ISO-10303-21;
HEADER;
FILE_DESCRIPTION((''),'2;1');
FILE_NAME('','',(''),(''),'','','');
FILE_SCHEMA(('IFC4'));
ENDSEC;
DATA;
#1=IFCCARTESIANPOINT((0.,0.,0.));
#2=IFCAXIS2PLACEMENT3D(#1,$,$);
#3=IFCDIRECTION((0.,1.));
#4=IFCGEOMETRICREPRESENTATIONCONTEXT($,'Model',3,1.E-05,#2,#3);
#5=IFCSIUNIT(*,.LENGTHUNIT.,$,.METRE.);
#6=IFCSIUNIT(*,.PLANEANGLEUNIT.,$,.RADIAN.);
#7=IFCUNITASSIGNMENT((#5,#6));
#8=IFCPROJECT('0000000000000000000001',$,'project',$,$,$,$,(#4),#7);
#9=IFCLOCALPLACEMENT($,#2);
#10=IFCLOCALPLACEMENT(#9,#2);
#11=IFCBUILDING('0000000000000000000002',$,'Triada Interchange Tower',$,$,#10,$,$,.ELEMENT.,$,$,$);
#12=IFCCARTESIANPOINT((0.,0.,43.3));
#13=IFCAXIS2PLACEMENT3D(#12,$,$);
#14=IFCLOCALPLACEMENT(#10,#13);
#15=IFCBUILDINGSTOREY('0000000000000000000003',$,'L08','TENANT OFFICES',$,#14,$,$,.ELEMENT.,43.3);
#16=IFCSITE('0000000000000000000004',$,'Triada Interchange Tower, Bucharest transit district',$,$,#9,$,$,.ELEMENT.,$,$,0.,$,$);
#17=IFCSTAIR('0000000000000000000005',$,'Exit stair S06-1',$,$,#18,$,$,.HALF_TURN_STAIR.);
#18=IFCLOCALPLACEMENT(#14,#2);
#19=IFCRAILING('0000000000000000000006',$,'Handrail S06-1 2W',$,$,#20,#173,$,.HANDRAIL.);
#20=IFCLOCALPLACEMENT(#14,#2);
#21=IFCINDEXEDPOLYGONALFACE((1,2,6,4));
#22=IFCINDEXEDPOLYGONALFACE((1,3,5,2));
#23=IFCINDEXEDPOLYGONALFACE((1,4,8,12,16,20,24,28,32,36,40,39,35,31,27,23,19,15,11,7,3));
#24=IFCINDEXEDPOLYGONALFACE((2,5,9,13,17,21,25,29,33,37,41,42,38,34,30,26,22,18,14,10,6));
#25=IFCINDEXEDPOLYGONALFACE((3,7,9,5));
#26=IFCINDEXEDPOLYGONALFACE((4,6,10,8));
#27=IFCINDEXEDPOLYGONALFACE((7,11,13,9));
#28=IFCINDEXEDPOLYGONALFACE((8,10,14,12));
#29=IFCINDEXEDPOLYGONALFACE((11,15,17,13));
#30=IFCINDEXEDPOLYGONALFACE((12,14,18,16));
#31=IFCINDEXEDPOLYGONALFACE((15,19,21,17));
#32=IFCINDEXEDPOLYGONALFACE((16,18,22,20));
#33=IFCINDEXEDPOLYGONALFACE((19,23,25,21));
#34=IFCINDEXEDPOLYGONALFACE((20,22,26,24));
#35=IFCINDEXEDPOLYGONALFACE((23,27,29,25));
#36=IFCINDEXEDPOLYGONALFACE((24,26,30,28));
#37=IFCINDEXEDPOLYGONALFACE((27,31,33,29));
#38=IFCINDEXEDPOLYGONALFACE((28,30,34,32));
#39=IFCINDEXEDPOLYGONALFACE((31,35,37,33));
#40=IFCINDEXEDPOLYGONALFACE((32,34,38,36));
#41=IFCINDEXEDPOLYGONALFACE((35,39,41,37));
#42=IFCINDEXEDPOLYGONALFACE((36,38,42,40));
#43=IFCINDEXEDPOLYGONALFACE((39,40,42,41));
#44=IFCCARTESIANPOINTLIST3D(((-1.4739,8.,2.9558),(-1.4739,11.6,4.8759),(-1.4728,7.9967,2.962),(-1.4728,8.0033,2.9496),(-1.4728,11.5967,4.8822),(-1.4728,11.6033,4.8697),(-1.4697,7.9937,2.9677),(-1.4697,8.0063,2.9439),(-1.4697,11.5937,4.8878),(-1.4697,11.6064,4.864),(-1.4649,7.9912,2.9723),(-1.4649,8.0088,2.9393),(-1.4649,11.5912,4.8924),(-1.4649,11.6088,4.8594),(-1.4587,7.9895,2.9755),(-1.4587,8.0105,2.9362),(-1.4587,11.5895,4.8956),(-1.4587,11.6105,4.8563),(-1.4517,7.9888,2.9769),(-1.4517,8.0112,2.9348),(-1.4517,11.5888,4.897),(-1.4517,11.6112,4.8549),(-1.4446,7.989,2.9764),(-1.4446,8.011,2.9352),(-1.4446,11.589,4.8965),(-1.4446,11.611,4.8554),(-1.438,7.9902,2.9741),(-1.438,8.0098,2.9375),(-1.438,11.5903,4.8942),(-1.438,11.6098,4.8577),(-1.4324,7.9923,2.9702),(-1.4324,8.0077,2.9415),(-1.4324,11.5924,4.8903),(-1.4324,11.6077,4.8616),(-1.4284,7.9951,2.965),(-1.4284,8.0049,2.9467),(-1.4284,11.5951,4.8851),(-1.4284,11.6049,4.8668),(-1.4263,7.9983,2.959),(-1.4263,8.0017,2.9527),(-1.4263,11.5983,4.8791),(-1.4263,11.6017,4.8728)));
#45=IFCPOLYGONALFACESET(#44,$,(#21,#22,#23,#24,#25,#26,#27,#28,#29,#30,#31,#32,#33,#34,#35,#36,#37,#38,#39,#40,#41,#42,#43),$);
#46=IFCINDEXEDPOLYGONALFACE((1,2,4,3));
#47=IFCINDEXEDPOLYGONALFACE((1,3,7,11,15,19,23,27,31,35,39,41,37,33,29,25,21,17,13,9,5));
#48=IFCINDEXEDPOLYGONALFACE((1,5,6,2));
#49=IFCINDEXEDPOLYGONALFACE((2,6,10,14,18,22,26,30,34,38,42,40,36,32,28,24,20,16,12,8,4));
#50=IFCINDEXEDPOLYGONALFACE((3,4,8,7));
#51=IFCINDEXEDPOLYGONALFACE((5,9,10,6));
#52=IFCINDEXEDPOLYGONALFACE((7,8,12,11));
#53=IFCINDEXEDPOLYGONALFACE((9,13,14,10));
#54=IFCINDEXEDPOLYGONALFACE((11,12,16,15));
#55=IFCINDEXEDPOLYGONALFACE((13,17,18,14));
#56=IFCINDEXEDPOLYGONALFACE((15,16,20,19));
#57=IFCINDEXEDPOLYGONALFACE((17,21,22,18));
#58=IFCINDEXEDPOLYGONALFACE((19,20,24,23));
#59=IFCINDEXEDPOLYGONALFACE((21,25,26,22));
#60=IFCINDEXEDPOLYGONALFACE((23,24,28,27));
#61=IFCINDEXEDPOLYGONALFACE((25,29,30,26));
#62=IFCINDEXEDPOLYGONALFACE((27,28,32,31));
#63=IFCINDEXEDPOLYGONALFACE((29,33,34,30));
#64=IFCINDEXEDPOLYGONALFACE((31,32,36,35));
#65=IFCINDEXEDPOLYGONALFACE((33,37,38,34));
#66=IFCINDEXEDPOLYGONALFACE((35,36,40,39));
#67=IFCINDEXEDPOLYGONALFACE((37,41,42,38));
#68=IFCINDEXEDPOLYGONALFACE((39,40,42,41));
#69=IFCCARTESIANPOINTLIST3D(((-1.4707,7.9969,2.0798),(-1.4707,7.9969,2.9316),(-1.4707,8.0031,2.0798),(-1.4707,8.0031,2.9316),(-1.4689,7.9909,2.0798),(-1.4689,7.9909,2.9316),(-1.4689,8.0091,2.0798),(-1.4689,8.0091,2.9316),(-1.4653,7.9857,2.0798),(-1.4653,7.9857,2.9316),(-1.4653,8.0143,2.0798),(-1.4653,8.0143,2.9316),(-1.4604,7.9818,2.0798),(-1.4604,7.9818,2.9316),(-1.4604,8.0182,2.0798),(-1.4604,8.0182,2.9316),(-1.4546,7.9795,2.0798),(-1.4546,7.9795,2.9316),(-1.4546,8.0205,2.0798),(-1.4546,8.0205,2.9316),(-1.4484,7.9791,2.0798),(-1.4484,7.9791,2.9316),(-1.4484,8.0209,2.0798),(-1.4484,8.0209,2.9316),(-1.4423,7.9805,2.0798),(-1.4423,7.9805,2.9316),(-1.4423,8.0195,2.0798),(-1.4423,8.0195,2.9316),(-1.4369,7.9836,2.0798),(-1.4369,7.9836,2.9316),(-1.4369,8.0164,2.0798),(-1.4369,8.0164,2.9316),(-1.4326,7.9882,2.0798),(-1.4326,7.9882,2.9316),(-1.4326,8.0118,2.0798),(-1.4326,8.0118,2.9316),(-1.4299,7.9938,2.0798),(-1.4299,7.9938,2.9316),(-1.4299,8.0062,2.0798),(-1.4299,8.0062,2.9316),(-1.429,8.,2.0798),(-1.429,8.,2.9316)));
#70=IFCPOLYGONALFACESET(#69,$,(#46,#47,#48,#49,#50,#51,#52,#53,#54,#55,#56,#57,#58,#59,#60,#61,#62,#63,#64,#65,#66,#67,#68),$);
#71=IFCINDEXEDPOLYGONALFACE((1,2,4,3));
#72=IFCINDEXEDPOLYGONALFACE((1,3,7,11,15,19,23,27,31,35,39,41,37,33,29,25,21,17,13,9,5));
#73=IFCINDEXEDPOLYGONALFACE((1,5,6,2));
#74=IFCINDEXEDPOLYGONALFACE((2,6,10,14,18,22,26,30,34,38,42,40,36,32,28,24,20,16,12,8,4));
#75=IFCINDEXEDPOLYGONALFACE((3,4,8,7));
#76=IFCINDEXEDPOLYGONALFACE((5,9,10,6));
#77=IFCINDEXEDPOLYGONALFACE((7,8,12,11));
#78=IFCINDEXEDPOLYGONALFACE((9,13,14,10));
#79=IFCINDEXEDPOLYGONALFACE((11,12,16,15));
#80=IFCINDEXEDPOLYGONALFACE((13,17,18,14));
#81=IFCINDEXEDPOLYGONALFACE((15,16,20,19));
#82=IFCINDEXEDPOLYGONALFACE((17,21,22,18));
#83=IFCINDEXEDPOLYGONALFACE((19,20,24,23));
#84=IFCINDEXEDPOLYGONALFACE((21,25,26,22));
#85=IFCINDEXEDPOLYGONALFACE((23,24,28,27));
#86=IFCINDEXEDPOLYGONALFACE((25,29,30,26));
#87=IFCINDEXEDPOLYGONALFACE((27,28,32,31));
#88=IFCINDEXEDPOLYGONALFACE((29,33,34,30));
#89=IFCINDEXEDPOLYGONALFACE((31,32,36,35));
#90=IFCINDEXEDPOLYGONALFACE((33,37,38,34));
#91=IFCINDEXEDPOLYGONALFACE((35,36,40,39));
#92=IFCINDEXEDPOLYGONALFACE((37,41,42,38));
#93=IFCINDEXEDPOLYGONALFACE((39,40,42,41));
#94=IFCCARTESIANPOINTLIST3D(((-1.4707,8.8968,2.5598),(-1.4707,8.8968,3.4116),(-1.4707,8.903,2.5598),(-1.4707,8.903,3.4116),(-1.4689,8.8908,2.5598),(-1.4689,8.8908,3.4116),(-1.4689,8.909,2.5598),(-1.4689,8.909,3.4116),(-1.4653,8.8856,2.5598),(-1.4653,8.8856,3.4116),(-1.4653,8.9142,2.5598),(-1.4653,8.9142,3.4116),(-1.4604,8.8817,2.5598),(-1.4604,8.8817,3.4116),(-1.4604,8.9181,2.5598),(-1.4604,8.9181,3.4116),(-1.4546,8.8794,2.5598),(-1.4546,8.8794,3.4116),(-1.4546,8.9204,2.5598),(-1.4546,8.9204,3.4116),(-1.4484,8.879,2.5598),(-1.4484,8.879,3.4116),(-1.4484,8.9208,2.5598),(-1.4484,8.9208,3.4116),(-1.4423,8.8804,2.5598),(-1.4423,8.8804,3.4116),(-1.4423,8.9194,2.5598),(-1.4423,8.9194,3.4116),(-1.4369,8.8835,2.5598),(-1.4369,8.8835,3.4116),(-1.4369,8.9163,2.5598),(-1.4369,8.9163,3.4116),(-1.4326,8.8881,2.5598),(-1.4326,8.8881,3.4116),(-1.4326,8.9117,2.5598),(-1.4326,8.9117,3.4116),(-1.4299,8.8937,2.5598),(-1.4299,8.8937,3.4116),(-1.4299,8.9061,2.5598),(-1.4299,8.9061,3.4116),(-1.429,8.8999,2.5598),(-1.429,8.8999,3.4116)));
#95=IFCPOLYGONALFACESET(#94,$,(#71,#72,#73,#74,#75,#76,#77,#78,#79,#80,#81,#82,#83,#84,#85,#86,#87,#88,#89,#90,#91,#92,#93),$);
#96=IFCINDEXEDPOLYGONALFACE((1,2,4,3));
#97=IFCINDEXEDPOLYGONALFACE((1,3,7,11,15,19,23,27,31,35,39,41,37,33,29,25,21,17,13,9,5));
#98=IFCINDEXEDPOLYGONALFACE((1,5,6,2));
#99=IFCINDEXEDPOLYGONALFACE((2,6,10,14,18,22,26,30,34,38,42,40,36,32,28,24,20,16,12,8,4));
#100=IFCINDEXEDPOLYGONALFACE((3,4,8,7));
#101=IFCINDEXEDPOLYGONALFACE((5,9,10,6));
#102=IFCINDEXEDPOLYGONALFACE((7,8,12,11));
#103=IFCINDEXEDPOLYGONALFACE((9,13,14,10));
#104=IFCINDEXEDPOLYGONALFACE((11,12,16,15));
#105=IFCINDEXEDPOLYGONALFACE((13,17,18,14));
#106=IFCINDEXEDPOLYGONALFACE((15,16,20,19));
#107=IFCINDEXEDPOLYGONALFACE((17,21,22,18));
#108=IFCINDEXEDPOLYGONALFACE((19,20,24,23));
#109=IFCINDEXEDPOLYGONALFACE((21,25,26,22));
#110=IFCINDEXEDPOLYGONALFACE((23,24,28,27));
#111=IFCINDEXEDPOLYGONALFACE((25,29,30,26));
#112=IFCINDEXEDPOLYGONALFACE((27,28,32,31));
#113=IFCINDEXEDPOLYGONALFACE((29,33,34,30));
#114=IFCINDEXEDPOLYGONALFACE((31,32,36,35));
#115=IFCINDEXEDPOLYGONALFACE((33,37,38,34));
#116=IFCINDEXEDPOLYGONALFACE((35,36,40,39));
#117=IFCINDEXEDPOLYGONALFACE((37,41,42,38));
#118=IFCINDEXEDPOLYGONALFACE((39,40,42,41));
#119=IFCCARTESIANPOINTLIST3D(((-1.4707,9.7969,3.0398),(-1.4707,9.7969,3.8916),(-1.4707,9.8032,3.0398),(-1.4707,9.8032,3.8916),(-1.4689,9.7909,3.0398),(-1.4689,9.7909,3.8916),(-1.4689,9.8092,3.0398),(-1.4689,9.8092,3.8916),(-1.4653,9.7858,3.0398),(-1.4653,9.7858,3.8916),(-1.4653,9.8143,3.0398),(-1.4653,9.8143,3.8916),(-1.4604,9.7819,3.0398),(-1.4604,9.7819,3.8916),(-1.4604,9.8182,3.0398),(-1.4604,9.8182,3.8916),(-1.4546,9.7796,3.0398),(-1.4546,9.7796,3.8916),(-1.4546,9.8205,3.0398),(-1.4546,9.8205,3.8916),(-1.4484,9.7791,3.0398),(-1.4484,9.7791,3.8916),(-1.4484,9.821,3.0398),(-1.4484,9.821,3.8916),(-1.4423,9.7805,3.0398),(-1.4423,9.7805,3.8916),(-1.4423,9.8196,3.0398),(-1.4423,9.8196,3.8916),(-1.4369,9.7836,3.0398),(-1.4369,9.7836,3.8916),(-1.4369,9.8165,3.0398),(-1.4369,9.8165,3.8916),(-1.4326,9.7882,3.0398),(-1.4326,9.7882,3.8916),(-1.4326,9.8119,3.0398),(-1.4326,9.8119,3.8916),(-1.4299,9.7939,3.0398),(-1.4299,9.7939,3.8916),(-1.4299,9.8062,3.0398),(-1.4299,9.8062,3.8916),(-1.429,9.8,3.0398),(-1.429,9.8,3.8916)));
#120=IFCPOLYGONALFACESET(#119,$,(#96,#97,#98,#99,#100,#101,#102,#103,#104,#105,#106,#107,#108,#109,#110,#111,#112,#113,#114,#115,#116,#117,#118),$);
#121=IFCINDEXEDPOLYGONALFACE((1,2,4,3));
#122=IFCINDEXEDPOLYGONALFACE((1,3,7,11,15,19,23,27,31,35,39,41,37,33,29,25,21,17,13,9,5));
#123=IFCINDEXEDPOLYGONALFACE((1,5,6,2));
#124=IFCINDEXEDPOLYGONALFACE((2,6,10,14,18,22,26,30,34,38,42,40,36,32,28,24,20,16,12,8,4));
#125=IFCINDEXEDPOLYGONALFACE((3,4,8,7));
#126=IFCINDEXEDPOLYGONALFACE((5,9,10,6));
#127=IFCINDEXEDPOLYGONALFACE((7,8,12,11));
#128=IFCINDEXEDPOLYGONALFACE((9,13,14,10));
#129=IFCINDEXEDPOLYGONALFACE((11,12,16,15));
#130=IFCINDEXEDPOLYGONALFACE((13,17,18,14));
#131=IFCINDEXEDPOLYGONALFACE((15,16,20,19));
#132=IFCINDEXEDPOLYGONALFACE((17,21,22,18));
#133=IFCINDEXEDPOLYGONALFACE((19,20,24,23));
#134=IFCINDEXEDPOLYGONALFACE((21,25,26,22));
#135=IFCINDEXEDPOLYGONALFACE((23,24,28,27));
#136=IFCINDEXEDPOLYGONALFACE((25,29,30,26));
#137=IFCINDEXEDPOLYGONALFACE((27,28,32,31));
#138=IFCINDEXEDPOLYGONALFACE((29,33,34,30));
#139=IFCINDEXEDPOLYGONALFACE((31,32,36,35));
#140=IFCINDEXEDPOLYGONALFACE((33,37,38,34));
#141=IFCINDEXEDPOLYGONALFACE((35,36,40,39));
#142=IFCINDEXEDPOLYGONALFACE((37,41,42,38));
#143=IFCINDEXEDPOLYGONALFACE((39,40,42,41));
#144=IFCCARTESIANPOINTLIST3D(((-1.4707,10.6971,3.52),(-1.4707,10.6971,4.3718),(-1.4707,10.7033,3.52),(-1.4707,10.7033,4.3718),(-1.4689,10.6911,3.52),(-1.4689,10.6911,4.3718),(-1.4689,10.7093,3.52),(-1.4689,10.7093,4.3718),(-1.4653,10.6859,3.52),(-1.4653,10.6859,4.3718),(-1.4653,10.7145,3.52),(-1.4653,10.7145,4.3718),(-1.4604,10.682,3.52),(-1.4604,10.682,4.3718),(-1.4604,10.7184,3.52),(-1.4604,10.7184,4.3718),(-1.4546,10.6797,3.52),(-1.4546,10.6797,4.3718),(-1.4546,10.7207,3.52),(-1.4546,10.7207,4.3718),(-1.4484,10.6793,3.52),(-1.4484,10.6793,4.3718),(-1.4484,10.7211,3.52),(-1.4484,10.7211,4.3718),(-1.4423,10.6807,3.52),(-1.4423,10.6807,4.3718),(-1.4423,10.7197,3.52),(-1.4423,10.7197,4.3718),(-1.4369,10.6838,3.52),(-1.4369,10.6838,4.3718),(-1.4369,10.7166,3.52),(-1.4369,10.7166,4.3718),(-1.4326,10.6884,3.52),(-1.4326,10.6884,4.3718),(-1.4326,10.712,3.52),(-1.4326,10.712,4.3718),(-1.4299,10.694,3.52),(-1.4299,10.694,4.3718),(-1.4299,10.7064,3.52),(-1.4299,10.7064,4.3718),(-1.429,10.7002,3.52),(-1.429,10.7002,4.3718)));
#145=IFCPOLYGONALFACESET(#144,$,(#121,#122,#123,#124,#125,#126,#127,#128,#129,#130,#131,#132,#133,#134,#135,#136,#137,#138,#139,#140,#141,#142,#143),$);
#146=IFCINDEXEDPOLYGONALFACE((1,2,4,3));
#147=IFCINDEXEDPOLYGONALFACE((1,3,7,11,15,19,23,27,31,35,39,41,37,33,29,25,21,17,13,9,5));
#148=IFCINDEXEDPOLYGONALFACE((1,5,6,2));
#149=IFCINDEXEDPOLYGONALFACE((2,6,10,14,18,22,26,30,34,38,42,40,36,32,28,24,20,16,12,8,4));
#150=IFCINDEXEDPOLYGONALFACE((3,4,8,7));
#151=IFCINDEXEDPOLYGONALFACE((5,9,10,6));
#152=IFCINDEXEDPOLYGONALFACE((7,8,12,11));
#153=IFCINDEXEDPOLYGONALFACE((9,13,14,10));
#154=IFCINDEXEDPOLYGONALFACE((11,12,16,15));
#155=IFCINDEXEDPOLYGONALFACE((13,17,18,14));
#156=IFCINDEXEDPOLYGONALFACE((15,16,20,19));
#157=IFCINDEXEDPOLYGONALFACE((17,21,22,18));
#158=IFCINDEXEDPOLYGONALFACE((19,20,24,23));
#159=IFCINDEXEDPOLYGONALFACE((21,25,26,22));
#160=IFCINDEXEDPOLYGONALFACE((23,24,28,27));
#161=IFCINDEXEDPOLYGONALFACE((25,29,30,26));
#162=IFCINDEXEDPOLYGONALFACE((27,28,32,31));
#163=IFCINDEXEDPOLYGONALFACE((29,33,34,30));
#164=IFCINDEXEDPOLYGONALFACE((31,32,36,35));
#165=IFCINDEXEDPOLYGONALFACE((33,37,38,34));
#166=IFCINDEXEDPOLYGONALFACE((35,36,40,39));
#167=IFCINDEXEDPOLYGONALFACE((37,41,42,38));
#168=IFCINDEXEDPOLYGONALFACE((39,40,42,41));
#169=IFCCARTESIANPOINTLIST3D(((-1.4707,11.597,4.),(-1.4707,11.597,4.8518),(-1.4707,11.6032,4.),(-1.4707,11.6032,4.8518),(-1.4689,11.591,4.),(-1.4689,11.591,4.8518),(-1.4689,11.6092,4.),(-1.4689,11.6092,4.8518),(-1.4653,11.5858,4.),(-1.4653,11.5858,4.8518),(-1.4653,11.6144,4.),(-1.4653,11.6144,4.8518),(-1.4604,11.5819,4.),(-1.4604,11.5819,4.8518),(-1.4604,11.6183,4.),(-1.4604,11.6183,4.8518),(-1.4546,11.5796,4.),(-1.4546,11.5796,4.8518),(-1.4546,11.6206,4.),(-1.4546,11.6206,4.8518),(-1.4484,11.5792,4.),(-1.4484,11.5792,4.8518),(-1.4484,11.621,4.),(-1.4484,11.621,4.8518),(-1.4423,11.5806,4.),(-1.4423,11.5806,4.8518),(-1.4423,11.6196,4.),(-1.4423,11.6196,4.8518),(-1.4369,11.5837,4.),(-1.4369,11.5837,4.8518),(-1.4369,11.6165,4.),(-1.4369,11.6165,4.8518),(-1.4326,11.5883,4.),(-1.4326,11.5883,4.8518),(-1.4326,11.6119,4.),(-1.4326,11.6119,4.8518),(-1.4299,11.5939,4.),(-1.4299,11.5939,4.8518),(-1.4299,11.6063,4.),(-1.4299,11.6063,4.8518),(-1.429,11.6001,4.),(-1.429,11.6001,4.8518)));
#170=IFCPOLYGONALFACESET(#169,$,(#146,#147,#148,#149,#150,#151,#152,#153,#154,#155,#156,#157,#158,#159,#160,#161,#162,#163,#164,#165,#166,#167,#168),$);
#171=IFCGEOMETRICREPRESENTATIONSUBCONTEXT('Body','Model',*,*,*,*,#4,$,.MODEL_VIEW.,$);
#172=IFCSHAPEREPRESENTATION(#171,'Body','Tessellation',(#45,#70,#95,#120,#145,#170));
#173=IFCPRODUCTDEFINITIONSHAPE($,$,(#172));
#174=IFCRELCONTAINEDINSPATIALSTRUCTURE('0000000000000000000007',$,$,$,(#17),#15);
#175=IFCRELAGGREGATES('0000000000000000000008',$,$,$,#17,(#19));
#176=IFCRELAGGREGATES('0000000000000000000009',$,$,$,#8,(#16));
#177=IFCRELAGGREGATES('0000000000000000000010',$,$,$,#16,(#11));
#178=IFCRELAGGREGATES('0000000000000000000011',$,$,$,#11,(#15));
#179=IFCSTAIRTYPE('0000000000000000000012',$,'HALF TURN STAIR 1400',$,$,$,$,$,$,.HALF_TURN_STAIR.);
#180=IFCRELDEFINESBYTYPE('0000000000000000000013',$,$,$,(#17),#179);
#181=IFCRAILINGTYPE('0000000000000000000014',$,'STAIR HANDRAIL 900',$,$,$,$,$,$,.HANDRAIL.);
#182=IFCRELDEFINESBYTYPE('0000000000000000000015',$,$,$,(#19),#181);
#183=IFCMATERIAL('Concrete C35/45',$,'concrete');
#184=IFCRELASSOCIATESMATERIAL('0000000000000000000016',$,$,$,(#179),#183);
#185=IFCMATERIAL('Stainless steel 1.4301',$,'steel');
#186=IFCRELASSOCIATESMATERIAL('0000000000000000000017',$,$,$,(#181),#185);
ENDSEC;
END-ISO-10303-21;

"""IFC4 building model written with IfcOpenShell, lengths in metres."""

from ifc_helpers import new_model, si_unit, direction, frame, origin, origin_2d, place, context, subcontext, project, spatial, circle, extrude, material, type_object, element, aggregate, save


model = new_model("IFC4")

# Units and contexts
model_context = context("Model", 3, precision=1e-05, world=origin(), true_north=direction((0.0, 1.0)))
body_context = subcontext(model_context, "Body", "Model", "MODEL_VIEW")
ifc_project = project(units=[si_unit("LENGTHUNIT", "METRE"), si_unit("PLANEANGLEUNIT", "RADIAN")], contexts=[model_context])

# Site, building, storey
site_placement = place(None, origin())
site = spatial("IfcSite", under=ifc_project, at=site_placement, Name="Triada Interchange Tower, Bucharest transit district", CompositionType="ELEMENT", RefElevation=0.0)
building_placement = place(site_placement, origin())
building = spatial("IfcBuilding", under=site, at=building_placement, Name="Triada Interchange Tower", CompositionType="ELEMENT")
storey_placement = place(building_placement, frame((0.0, 0.0, 43.3)))
storey = spatial("IfcBuildingStorey", under=building, at=storey_placement, Name="L08", Description="TENANT OFFICES", CompositionType="ELEMENT", Elevation=43.3)

# Stair
ifc_material_1 = material(Name="Concrete C35/45", Category="concrete")
stair_type = type_object("IfcStairType", Name="HALF TURN STAIR 1400", PredefinedType="HALF_TURN_STAIR", material=ifc_material_1)
stair_placement = place(storey_placement, origin())
stair = element("IfcStair", 1, at=stair_placement, inside=storey, type_object=stair_type, Name="Exit stair S06-1", PredefinedType="HALF_TURN_STAIR")

# Railing
ifc_material_2 = material(Name="Stainless steel 1.4301", Category="steel")
railing_type = type_object("IfcRailingType", Name="STAIR HANDRAIL 900", PredefinedType="HANDRAIL", material=ifc_material_2)
railing_placement = place(storey_placement, frame((-1.45, 8.0, 2.0798)))
railing = element("IfcRailing", 2, at=railing_placement, type_object=railing_type, Name="Handrail S06-1 2W", PredefinedType="HANDRAIL", context=body_context, shape_type="SweptSolid", body=[
    extrude(circle(Radius=0.0239, at=origin_2d()), frame((0.0, 0.0, 0.876), z_axis=(0.0, 0.882341, 0.47061), x_axis=(-1.0, 0.0, 0.0)), (0.0, 0.0, 1.0), 4.0801),
    extrude(circle(Radius=0.021, at=origin_2d()), origin(), (0.0, 0.0, 1.0), 0.8518),
    extrude(circle(Radius=0.021, at=origin_2d()), frame((0.0, 0.8999, 0.48)), (0.0, 0.0, 1.0), 0.8518),
    extrude(circle(Radius=0.021, at=origin_2d()), frame((0.0, 1.8, 0.96)), (0.0, 0.0, 1.0), 0.8518),
    extrude(circle(Radius=0.021, at=origin_2d()), frame((0.0, 2.7002, 1.4402)), (0.0, 0.0, 1.0), 0.8518),
    extrude(circle(Radius=0.021, at=origin_2d()), frame((0.0, 3.6001, 1.9202)), (0.0, 0.0, 1.0), 0.8518),
])
aggregate(stair, [railing])

save(model, "model.ifc")
